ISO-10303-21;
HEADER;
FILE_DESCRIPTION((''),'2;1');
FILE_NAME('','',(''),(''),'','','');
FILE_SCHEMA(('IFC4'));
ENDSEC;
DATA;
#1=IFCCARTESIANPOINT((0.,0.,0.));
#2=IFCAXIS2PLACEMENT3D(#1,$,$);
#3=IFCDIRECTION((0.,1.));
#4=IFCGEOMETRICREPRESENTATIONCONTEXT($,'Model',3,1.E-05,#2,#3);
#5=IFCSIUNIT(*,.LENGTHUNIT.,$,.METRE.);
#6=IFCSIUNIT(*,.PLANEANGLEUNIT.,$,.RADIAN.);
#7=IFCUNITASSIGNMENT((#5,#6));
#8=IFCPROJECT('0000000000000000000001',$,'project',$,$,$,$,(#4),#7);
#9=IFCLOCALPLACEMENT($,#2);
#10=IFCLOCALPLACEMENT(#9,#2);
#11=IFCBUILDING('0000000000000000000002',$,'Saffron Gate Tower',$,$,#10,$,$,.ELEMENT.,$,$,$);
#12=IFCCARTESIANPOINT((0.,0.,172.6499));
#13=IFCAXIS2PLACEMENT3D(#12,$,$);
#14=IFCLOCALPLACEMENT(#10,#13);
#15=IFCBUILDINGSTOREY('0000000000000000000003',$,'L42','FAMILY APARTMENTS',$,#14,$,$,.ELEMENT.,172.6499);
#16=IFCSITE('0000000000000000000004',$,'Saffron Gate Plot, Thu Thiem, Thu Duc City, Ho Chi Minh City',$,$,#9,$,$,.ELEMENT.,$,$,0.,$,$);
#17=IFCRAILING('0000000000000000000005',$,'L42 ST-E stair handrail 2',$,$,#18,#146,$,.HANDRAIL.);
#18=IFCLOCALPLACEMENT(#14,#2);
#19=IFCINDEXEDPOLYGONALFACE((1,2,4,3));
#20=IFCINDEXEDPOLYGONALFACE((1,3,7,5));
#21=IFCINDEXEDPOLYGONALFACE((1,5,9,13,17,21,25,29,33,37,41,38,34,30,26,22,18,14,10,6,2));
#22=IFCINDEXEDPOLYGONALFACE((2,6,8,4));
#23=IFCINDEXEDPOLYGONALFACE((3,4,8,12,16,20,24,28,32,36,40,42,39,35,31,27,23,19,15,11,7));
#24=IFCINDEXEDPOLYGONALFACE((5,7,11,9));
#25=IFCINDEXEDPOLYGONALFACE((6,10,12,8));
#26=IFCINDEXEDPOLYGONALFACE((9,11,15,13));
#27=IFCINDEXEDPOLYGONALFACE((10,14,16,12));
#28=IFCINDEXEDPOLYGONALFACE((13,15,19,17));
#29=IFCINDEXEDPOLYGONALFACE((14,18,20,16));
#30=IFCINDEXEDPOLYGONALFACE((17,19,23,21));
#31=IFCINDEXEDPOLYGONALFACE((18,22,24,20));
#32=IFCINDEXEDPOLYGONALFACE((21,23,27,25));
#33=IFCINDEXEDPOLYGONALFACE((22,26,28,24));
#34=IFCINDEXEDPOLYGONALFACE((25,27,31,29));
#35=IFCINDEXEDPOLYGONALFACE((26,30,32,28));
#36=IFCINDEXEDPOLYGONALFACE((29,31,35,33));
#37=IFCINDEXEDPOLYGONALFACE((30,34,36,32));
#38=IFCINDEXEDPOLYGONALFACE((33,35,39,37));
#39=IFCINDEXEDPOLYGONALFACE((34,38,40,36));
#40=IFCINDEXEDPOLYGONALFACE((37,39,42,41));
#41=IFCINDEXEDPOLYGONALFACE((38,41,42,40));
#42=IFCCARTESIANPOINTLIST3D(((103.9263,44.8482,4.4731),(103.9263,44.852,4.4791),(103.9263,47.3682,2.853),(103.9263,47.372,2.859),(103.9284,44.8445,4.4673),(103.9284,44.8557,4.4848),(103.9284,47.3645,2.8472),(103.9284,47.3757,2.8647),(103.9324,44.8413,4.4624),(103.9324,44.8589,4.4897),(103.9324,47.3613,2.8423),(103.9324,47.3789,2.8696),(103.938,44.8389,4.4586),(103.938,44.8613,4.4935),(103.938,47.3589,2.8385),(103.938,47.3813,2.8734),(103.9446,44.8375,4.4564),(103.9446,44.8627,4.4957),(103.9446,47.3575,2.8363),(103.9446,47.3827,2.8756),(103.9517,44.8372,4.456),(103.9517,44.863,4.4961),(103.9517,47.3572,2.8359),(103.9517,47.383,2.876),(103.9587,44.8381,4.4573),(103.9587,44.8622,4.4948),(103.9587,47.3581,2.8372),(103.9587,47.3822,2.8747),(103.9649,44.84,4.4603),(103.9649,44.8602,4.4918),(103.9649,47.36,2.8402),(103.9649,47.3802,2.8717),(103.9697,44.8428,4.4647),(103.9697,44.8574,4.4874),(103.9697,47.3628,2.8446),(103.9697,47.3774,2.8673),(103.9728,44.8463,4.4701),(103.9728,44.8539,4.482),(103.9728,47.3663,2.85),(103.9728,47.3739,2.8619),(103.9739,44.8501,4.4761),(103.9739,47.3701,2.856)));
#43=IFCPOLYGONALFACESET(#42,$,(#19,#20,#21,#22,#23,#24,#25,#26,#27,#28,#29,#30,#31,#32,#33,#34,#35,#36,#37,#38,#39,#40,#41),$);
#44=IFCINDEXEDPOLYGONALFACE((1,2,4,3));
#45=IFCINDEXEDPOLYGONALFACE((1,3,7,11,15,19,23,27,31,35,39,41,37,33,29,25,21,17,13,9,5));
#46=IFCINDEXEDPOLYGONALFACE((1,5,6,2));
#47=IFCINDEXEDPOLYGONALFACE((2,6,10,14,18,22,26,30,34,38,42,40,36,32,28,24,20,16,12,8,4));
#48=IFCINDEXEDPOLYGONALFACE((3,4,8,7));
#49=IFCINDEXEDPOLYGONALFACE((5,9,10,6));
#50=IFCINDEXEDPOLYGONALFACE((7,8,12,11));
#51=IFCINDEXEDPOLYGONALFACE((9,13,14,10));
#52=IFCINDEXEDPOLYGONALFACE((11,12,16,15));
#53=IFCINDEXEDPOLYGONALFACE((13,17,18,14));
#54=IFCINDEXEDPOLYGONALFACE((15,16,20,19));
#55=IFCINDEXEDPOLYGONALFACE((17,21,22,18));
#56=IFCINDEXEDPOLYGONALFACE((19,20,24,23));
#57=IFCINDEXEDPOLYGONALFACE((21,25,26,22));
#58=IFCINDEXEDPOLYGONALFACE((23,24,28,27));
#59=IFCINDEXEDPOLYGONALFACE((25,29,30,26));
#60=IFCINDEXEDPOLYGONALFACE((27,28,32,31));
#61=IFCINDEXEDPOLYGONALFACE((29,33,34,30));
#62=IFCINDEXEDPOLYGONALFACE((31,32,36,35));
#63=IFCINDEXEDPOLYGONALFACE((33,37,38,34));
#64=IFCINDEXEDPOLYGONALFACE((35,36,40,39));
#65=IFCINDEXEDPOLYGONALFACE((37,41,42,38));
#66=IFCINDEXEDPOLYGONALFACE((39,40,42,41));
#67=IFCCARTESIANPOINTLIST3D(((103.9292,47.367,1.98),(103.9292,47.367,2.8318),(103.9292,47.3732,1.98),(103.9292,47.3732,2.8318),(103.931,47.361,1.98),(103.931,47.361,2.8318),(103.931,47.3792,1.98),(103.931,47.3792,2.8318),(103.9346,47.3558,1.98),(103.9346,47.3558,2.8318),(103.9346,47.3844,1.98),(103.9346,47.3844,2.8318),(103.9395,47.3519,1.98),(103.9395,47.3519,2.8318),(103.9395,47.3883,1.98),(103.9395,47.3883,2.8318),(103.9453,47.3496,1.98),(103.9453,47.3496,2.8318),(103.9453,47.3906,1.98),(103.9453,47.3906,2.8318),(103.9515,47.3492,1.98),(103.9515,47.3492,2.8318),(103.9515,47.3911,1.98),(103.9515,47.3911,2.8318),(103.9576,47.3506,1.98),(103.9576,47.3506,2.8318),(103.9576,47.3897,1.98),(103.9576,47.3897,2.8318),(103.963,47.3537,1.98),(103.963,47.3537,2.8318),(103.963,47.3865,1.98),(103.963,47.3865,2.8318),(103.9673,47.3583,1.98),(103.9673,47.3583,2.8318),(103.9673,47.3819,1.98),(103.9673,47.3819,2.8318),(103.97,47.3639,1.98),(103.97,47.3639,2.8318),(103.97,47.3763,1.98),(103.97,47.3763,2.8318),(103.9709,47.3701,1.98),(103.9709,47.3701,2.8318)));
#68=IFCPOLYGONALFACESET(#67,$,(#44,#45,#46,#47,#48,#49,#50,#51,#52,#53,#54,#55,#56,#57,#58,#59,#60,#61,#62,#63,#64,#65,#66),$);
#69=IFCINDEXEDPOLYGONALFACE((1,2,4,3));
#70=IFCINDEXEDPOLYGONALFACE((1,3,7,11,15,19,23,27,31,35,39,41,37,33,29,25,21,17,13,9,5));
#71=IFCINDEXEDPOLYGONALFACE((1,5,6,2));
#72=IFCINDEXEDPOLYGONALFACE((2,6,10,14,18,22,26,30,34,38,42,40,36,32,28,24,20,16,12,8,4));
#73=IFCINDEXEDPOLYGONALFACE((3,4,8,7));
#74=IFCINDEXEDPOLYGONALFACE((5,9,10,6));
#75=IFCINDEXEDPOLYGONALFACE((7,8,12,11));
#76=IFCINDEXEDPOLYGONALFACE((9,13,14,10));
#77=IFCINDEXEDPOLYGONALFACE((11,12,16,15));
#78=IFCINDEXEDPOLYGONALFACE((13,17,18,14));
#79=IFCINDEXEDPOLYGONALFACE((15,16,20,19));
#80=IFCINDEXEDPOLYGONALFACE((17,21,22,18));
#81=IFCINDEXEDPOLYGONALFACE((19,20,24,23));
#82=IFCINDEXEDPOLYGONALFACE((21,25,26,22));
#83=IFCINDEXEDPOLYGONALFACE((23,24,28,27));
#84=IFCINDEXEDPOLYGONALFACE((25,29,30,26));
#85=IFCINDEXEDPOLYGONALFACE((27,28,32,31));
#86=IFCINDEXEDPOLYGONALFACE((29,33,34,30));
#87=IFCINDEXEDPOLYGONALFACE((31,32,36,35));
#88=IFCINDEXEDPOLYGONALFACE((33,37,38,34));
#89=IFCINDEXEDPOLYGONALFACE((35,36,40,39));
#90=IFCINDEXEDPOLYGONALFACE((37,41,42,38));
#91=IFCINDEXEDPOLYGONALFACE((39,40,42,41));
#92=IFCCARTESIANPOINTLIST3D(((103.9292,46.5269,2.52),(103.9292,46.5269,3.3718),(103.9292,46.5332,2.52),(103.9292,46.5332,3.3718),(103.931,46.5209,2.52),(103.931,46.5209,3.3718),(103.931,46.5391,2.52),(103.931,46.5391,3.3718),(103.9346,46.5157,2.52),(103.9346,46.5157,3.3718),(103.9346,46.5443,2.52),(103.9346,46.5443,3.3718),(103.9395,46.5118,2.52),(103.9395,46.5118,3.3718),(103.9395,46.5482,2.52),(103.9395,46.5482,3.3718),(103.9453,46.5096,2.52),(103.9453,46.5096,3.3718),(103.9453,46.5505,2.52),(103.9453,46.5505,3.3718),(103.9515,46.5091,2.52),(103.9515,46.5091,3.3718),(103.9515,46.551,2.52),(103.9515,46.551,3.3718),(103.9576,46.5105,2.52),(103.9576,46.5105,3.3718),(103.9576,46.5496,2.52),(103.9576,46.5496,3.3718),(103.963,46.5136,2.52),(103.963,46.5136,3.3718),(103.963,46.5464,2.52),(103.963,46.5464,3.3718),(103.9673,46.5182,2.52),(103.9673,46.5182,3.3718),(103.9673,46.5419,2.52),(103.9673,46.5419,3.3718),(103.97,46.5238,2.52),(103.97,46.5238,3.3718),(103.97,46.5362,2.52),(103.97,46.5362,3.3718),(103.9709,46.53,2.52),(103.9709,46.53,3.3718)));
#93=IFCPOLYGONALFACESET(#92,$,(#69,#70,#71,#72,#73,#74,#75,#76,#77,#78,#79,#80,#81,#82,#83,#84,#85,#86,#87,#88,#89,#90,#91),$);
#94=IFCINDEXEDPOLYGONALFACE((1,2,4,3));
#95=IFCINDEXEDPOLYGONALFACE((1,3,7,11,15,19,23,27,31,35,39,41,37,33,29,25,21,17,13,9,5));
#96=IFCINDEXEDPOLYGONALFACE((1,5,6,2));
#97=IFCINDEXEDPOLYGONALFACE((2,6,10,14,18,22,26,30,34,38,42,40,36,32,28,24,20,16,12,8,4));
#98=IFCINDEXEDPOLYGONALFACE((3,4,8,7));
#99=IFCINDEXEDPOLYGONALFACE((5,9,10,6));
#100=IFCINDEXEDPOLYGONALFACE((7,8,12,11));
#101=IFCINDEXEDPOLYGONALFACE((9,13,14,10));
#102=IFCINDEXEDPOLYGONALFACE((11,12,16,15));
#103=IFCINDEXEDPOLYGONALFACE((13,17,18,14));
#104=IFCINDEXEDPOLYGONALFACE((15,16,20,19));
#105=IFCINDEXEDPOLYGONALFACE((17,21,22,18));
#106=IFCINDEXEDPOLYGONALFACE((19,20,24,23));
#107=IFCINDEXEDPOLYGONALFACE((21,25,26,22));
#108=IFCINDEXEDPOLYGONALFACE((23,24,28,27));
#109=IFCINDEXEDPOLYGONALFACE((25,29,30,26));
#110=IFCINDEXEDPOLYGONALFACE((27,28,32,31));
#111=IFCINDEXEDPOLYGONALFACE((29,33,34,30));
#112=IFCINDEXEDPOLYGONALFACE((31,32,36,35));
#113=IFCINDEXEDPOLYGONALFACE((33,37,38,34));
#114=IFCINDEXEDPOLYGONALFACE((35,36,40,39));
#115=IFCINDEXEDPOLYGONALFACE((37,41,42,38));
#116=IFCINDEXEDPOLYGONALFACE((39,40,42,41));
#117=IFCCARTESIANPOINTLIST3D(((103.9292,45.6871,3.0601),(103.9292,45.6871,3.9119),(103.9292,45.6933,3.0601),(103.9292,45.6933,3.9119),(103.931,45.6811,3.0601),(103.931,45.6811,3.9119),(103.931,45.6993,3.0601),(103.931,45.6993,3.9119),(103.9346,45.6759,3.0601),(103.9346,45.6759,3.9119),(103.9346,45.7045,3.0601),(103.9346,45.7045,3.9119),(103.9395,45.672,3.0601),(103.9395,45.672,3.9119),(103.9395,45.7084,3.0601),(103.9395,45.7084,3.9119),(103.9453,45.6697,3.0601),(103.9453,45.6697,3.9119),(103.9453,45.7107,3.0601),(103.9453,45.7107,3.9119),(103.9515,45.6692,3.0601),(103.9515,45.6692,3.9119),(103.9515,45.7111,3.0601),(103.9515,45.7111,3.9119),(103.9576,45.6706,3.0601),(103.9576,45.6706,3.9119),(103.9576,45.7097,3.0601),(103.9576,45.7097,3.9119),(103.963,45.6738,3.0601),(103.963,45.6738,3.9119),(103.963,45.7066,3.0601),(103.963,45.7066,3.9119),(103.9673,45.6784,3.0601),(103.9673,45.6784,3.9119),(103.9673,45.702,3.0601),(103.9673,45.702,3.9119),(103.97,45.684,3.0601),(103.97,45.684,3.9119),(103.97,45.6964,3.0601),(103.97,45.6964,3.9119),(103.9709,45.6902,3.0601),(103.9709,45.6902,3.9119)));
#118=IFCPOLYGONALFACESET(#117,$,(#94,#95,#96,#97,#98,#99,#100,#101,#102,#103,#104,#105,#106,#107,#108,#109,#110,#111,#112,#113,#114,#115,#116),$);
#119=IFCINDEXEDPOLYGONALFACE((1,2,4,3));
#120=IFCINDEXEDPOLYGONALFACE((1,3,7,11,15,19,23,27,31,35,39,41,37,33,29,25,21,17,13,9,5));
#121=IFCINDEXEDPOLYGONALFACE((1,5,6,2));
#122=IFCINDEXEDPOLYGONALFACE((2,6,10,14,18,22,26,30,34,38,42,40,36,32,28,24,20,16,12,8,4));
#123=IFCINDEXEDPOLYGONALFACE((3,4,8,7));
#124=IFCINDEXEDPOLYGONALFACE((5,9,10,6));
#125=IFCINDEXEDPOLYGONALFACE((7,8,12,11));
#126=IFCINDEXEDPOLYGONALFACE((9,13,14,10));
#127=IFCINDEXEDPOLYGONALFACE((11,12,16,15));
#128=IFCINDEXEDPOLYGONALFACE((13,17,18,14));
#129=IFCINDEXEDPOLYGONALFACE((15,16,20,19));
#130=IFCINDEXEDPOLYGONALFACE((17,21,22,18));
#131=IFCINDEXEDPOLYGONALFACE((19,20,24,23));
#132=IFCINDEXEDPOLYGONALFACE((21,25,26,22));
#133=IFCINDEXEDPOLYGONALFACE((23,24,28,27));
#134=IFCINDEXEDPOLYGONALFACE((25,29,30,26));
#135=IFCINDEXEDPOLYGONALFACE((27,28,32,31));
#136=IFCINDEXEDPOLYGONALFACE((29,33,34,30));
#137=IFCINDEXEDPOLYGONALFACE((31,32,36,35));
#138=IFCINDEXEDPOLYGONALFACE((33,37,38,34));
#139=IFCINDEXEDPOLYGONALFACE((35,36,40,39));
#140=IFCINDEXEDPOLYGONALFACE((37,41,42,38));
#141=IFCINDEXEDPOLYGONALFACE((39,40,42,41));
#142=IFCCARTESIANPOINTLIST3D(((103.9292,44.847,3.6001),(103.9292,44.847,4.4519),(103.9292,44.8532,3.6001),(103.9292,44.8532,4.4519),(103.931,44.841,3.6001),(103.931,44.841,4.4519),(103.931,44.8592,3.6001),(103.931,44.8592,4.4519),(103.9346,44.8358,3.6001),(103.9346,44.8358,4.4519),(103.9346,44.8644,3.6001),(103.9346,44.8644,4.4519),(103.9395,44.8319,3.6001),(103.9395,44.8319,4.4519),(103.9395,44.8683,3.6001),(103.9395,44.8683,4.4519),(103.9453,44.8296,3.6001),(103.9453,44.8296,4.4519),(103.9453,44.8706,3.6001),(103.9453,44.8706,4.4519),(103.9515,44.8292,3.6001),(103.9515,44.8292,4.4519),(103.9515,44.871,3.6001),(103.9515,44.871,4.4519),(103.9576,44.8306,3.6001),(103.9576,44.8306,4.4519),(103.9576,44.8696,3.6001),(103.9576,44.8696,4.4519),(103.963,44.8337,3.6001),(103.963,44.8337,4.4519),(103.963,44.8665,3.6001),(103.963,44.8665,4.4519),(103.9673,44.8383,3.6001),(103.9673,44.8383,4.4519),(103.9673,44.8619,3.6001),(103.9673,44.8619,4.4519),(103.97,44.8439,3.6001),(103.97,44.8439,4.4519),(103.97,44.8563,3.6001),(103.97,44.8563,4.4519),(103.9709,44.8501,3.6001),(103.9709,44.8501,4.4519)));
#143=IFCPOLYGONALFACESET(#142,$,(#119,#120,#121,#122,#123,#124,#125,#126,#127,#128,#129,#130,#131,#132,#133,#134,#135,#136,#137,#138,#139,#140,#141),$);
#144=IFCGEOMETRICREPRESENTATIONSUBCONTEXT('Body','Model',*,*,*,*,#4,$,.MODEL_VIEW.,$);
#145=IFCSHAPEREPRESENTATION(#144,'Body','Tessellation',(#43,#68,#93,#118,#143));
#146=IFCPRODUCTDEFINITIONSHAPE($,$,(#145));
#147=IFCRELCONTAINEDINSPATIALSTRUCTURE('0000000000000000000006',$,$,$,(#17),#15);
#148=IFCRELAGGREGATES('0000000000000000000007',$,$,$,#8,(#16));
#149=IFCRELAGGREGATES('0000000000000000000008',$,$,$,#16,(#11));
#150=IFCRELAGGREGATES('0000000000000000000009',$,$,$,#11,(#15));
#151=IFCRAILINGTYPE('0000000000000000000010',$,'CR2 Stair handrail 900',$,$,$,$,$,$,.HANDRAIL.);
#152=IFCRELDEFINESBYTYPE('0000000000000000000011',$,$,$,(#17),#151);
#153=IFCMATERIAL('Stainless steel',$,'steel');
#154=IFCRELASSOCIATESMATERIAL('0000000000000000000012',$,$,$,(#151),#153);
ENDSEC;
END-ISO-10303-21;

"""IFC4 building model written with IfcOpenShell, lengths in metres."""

from ifc_helpers import new_model, si_unit, direction, frame, origin, origin_2d, place, context, subcontext, project, spatial, circle, extrude, material, type_object, element, save


model = new_model("IFC4")

# Units and contexts
model_context = context("Model", 3, precision=1e-05, world=origin(), true_north=direction((0.0, 1.0)))
body_context = subcontext(model_context, "Body", "Model", "MODEL_VIEW")
ifc_project = project(units=[si_unit("LENGTHUNIT", "METRE"), si_unit("PLANEANGLEUNIT", "RADIAN")], contexts=[model_context])

# Site, building, storey
site_placement = place(None, origin())
site = spatial("IfcSite", under=ifc_project, at=site_placement, Name="Saffron Gate Plot, Thu Thiem, Thu Duc City, Ho Chi Minh City", CompositionType="ELEMENT", RefElevation=0.0)
building_placement = place(site_placement, origin())
building = spatial("IfcBuilding", under=site, at=building_placement, Name="Saffron Gate Tower", CompositionType="ELEMENT")
storey_placement = place(building_placement, frame((0.0, 0.0, 172.6499)))
storey = spatial("IfcBuildingStorey", under=building, at=storey_placement, Name="L42", Description="FAMILY APARTMENTS", CompositionType="ELEMENT", Elevation=172.6499)

# Railing
ifc_material_1 = material(Name="Stainless steel", Category="steel")
railing_type_1 = type_object("IfcRailingType", Name="CR2 Stair handrail 900", PredefinedType="HANDRAIL", material=ifc_material_1)
railing_1_placement = place(storey_placement, frame((103.95, 47.3701, 1.98)))
element("IfcRailing", 1, at=railing_1_placement, inside=storey, type_object=railing_type_1, Name="L42 ST-E stair handrail 2", PredefinedType="HANDRAIL", context=body_context, shape_type="SweptSolid", body=[
    extrude(circle(Radius=0.0239, at=origin_2d()), frame((0.0, 0.0, 0.876), z_axis=(0.0, -0.841163, 0.540782), x_axis=(1.0, 0.0, 0.0)), (0.0, 0.0, 1.0), 2.9958),
    extrude(circle(Radius=0.021, at=origin_2d()), origin(), (0.0, 0.0, 1.0), 0.8518),
    extrude(circle(Radius=0.021, at=origin_2d()), frame((0.0, -0.8401, 0.54)), (0.0, 0.0, 1.0), 0.8518),
    extrude(circle(Radius=0.021, at=origin_2d()), frame((0.0, -1.6799, 1.0801)), (0.0, 0.0, 1.0), 0.8518),
    extrude(circle(Radius=0.021, at=origin_2d()), frame((0.0, -2.52, 1.6201)), (0.0, 0.0, 1.0), 0.8518),
])

save(model, "model.ifc")
